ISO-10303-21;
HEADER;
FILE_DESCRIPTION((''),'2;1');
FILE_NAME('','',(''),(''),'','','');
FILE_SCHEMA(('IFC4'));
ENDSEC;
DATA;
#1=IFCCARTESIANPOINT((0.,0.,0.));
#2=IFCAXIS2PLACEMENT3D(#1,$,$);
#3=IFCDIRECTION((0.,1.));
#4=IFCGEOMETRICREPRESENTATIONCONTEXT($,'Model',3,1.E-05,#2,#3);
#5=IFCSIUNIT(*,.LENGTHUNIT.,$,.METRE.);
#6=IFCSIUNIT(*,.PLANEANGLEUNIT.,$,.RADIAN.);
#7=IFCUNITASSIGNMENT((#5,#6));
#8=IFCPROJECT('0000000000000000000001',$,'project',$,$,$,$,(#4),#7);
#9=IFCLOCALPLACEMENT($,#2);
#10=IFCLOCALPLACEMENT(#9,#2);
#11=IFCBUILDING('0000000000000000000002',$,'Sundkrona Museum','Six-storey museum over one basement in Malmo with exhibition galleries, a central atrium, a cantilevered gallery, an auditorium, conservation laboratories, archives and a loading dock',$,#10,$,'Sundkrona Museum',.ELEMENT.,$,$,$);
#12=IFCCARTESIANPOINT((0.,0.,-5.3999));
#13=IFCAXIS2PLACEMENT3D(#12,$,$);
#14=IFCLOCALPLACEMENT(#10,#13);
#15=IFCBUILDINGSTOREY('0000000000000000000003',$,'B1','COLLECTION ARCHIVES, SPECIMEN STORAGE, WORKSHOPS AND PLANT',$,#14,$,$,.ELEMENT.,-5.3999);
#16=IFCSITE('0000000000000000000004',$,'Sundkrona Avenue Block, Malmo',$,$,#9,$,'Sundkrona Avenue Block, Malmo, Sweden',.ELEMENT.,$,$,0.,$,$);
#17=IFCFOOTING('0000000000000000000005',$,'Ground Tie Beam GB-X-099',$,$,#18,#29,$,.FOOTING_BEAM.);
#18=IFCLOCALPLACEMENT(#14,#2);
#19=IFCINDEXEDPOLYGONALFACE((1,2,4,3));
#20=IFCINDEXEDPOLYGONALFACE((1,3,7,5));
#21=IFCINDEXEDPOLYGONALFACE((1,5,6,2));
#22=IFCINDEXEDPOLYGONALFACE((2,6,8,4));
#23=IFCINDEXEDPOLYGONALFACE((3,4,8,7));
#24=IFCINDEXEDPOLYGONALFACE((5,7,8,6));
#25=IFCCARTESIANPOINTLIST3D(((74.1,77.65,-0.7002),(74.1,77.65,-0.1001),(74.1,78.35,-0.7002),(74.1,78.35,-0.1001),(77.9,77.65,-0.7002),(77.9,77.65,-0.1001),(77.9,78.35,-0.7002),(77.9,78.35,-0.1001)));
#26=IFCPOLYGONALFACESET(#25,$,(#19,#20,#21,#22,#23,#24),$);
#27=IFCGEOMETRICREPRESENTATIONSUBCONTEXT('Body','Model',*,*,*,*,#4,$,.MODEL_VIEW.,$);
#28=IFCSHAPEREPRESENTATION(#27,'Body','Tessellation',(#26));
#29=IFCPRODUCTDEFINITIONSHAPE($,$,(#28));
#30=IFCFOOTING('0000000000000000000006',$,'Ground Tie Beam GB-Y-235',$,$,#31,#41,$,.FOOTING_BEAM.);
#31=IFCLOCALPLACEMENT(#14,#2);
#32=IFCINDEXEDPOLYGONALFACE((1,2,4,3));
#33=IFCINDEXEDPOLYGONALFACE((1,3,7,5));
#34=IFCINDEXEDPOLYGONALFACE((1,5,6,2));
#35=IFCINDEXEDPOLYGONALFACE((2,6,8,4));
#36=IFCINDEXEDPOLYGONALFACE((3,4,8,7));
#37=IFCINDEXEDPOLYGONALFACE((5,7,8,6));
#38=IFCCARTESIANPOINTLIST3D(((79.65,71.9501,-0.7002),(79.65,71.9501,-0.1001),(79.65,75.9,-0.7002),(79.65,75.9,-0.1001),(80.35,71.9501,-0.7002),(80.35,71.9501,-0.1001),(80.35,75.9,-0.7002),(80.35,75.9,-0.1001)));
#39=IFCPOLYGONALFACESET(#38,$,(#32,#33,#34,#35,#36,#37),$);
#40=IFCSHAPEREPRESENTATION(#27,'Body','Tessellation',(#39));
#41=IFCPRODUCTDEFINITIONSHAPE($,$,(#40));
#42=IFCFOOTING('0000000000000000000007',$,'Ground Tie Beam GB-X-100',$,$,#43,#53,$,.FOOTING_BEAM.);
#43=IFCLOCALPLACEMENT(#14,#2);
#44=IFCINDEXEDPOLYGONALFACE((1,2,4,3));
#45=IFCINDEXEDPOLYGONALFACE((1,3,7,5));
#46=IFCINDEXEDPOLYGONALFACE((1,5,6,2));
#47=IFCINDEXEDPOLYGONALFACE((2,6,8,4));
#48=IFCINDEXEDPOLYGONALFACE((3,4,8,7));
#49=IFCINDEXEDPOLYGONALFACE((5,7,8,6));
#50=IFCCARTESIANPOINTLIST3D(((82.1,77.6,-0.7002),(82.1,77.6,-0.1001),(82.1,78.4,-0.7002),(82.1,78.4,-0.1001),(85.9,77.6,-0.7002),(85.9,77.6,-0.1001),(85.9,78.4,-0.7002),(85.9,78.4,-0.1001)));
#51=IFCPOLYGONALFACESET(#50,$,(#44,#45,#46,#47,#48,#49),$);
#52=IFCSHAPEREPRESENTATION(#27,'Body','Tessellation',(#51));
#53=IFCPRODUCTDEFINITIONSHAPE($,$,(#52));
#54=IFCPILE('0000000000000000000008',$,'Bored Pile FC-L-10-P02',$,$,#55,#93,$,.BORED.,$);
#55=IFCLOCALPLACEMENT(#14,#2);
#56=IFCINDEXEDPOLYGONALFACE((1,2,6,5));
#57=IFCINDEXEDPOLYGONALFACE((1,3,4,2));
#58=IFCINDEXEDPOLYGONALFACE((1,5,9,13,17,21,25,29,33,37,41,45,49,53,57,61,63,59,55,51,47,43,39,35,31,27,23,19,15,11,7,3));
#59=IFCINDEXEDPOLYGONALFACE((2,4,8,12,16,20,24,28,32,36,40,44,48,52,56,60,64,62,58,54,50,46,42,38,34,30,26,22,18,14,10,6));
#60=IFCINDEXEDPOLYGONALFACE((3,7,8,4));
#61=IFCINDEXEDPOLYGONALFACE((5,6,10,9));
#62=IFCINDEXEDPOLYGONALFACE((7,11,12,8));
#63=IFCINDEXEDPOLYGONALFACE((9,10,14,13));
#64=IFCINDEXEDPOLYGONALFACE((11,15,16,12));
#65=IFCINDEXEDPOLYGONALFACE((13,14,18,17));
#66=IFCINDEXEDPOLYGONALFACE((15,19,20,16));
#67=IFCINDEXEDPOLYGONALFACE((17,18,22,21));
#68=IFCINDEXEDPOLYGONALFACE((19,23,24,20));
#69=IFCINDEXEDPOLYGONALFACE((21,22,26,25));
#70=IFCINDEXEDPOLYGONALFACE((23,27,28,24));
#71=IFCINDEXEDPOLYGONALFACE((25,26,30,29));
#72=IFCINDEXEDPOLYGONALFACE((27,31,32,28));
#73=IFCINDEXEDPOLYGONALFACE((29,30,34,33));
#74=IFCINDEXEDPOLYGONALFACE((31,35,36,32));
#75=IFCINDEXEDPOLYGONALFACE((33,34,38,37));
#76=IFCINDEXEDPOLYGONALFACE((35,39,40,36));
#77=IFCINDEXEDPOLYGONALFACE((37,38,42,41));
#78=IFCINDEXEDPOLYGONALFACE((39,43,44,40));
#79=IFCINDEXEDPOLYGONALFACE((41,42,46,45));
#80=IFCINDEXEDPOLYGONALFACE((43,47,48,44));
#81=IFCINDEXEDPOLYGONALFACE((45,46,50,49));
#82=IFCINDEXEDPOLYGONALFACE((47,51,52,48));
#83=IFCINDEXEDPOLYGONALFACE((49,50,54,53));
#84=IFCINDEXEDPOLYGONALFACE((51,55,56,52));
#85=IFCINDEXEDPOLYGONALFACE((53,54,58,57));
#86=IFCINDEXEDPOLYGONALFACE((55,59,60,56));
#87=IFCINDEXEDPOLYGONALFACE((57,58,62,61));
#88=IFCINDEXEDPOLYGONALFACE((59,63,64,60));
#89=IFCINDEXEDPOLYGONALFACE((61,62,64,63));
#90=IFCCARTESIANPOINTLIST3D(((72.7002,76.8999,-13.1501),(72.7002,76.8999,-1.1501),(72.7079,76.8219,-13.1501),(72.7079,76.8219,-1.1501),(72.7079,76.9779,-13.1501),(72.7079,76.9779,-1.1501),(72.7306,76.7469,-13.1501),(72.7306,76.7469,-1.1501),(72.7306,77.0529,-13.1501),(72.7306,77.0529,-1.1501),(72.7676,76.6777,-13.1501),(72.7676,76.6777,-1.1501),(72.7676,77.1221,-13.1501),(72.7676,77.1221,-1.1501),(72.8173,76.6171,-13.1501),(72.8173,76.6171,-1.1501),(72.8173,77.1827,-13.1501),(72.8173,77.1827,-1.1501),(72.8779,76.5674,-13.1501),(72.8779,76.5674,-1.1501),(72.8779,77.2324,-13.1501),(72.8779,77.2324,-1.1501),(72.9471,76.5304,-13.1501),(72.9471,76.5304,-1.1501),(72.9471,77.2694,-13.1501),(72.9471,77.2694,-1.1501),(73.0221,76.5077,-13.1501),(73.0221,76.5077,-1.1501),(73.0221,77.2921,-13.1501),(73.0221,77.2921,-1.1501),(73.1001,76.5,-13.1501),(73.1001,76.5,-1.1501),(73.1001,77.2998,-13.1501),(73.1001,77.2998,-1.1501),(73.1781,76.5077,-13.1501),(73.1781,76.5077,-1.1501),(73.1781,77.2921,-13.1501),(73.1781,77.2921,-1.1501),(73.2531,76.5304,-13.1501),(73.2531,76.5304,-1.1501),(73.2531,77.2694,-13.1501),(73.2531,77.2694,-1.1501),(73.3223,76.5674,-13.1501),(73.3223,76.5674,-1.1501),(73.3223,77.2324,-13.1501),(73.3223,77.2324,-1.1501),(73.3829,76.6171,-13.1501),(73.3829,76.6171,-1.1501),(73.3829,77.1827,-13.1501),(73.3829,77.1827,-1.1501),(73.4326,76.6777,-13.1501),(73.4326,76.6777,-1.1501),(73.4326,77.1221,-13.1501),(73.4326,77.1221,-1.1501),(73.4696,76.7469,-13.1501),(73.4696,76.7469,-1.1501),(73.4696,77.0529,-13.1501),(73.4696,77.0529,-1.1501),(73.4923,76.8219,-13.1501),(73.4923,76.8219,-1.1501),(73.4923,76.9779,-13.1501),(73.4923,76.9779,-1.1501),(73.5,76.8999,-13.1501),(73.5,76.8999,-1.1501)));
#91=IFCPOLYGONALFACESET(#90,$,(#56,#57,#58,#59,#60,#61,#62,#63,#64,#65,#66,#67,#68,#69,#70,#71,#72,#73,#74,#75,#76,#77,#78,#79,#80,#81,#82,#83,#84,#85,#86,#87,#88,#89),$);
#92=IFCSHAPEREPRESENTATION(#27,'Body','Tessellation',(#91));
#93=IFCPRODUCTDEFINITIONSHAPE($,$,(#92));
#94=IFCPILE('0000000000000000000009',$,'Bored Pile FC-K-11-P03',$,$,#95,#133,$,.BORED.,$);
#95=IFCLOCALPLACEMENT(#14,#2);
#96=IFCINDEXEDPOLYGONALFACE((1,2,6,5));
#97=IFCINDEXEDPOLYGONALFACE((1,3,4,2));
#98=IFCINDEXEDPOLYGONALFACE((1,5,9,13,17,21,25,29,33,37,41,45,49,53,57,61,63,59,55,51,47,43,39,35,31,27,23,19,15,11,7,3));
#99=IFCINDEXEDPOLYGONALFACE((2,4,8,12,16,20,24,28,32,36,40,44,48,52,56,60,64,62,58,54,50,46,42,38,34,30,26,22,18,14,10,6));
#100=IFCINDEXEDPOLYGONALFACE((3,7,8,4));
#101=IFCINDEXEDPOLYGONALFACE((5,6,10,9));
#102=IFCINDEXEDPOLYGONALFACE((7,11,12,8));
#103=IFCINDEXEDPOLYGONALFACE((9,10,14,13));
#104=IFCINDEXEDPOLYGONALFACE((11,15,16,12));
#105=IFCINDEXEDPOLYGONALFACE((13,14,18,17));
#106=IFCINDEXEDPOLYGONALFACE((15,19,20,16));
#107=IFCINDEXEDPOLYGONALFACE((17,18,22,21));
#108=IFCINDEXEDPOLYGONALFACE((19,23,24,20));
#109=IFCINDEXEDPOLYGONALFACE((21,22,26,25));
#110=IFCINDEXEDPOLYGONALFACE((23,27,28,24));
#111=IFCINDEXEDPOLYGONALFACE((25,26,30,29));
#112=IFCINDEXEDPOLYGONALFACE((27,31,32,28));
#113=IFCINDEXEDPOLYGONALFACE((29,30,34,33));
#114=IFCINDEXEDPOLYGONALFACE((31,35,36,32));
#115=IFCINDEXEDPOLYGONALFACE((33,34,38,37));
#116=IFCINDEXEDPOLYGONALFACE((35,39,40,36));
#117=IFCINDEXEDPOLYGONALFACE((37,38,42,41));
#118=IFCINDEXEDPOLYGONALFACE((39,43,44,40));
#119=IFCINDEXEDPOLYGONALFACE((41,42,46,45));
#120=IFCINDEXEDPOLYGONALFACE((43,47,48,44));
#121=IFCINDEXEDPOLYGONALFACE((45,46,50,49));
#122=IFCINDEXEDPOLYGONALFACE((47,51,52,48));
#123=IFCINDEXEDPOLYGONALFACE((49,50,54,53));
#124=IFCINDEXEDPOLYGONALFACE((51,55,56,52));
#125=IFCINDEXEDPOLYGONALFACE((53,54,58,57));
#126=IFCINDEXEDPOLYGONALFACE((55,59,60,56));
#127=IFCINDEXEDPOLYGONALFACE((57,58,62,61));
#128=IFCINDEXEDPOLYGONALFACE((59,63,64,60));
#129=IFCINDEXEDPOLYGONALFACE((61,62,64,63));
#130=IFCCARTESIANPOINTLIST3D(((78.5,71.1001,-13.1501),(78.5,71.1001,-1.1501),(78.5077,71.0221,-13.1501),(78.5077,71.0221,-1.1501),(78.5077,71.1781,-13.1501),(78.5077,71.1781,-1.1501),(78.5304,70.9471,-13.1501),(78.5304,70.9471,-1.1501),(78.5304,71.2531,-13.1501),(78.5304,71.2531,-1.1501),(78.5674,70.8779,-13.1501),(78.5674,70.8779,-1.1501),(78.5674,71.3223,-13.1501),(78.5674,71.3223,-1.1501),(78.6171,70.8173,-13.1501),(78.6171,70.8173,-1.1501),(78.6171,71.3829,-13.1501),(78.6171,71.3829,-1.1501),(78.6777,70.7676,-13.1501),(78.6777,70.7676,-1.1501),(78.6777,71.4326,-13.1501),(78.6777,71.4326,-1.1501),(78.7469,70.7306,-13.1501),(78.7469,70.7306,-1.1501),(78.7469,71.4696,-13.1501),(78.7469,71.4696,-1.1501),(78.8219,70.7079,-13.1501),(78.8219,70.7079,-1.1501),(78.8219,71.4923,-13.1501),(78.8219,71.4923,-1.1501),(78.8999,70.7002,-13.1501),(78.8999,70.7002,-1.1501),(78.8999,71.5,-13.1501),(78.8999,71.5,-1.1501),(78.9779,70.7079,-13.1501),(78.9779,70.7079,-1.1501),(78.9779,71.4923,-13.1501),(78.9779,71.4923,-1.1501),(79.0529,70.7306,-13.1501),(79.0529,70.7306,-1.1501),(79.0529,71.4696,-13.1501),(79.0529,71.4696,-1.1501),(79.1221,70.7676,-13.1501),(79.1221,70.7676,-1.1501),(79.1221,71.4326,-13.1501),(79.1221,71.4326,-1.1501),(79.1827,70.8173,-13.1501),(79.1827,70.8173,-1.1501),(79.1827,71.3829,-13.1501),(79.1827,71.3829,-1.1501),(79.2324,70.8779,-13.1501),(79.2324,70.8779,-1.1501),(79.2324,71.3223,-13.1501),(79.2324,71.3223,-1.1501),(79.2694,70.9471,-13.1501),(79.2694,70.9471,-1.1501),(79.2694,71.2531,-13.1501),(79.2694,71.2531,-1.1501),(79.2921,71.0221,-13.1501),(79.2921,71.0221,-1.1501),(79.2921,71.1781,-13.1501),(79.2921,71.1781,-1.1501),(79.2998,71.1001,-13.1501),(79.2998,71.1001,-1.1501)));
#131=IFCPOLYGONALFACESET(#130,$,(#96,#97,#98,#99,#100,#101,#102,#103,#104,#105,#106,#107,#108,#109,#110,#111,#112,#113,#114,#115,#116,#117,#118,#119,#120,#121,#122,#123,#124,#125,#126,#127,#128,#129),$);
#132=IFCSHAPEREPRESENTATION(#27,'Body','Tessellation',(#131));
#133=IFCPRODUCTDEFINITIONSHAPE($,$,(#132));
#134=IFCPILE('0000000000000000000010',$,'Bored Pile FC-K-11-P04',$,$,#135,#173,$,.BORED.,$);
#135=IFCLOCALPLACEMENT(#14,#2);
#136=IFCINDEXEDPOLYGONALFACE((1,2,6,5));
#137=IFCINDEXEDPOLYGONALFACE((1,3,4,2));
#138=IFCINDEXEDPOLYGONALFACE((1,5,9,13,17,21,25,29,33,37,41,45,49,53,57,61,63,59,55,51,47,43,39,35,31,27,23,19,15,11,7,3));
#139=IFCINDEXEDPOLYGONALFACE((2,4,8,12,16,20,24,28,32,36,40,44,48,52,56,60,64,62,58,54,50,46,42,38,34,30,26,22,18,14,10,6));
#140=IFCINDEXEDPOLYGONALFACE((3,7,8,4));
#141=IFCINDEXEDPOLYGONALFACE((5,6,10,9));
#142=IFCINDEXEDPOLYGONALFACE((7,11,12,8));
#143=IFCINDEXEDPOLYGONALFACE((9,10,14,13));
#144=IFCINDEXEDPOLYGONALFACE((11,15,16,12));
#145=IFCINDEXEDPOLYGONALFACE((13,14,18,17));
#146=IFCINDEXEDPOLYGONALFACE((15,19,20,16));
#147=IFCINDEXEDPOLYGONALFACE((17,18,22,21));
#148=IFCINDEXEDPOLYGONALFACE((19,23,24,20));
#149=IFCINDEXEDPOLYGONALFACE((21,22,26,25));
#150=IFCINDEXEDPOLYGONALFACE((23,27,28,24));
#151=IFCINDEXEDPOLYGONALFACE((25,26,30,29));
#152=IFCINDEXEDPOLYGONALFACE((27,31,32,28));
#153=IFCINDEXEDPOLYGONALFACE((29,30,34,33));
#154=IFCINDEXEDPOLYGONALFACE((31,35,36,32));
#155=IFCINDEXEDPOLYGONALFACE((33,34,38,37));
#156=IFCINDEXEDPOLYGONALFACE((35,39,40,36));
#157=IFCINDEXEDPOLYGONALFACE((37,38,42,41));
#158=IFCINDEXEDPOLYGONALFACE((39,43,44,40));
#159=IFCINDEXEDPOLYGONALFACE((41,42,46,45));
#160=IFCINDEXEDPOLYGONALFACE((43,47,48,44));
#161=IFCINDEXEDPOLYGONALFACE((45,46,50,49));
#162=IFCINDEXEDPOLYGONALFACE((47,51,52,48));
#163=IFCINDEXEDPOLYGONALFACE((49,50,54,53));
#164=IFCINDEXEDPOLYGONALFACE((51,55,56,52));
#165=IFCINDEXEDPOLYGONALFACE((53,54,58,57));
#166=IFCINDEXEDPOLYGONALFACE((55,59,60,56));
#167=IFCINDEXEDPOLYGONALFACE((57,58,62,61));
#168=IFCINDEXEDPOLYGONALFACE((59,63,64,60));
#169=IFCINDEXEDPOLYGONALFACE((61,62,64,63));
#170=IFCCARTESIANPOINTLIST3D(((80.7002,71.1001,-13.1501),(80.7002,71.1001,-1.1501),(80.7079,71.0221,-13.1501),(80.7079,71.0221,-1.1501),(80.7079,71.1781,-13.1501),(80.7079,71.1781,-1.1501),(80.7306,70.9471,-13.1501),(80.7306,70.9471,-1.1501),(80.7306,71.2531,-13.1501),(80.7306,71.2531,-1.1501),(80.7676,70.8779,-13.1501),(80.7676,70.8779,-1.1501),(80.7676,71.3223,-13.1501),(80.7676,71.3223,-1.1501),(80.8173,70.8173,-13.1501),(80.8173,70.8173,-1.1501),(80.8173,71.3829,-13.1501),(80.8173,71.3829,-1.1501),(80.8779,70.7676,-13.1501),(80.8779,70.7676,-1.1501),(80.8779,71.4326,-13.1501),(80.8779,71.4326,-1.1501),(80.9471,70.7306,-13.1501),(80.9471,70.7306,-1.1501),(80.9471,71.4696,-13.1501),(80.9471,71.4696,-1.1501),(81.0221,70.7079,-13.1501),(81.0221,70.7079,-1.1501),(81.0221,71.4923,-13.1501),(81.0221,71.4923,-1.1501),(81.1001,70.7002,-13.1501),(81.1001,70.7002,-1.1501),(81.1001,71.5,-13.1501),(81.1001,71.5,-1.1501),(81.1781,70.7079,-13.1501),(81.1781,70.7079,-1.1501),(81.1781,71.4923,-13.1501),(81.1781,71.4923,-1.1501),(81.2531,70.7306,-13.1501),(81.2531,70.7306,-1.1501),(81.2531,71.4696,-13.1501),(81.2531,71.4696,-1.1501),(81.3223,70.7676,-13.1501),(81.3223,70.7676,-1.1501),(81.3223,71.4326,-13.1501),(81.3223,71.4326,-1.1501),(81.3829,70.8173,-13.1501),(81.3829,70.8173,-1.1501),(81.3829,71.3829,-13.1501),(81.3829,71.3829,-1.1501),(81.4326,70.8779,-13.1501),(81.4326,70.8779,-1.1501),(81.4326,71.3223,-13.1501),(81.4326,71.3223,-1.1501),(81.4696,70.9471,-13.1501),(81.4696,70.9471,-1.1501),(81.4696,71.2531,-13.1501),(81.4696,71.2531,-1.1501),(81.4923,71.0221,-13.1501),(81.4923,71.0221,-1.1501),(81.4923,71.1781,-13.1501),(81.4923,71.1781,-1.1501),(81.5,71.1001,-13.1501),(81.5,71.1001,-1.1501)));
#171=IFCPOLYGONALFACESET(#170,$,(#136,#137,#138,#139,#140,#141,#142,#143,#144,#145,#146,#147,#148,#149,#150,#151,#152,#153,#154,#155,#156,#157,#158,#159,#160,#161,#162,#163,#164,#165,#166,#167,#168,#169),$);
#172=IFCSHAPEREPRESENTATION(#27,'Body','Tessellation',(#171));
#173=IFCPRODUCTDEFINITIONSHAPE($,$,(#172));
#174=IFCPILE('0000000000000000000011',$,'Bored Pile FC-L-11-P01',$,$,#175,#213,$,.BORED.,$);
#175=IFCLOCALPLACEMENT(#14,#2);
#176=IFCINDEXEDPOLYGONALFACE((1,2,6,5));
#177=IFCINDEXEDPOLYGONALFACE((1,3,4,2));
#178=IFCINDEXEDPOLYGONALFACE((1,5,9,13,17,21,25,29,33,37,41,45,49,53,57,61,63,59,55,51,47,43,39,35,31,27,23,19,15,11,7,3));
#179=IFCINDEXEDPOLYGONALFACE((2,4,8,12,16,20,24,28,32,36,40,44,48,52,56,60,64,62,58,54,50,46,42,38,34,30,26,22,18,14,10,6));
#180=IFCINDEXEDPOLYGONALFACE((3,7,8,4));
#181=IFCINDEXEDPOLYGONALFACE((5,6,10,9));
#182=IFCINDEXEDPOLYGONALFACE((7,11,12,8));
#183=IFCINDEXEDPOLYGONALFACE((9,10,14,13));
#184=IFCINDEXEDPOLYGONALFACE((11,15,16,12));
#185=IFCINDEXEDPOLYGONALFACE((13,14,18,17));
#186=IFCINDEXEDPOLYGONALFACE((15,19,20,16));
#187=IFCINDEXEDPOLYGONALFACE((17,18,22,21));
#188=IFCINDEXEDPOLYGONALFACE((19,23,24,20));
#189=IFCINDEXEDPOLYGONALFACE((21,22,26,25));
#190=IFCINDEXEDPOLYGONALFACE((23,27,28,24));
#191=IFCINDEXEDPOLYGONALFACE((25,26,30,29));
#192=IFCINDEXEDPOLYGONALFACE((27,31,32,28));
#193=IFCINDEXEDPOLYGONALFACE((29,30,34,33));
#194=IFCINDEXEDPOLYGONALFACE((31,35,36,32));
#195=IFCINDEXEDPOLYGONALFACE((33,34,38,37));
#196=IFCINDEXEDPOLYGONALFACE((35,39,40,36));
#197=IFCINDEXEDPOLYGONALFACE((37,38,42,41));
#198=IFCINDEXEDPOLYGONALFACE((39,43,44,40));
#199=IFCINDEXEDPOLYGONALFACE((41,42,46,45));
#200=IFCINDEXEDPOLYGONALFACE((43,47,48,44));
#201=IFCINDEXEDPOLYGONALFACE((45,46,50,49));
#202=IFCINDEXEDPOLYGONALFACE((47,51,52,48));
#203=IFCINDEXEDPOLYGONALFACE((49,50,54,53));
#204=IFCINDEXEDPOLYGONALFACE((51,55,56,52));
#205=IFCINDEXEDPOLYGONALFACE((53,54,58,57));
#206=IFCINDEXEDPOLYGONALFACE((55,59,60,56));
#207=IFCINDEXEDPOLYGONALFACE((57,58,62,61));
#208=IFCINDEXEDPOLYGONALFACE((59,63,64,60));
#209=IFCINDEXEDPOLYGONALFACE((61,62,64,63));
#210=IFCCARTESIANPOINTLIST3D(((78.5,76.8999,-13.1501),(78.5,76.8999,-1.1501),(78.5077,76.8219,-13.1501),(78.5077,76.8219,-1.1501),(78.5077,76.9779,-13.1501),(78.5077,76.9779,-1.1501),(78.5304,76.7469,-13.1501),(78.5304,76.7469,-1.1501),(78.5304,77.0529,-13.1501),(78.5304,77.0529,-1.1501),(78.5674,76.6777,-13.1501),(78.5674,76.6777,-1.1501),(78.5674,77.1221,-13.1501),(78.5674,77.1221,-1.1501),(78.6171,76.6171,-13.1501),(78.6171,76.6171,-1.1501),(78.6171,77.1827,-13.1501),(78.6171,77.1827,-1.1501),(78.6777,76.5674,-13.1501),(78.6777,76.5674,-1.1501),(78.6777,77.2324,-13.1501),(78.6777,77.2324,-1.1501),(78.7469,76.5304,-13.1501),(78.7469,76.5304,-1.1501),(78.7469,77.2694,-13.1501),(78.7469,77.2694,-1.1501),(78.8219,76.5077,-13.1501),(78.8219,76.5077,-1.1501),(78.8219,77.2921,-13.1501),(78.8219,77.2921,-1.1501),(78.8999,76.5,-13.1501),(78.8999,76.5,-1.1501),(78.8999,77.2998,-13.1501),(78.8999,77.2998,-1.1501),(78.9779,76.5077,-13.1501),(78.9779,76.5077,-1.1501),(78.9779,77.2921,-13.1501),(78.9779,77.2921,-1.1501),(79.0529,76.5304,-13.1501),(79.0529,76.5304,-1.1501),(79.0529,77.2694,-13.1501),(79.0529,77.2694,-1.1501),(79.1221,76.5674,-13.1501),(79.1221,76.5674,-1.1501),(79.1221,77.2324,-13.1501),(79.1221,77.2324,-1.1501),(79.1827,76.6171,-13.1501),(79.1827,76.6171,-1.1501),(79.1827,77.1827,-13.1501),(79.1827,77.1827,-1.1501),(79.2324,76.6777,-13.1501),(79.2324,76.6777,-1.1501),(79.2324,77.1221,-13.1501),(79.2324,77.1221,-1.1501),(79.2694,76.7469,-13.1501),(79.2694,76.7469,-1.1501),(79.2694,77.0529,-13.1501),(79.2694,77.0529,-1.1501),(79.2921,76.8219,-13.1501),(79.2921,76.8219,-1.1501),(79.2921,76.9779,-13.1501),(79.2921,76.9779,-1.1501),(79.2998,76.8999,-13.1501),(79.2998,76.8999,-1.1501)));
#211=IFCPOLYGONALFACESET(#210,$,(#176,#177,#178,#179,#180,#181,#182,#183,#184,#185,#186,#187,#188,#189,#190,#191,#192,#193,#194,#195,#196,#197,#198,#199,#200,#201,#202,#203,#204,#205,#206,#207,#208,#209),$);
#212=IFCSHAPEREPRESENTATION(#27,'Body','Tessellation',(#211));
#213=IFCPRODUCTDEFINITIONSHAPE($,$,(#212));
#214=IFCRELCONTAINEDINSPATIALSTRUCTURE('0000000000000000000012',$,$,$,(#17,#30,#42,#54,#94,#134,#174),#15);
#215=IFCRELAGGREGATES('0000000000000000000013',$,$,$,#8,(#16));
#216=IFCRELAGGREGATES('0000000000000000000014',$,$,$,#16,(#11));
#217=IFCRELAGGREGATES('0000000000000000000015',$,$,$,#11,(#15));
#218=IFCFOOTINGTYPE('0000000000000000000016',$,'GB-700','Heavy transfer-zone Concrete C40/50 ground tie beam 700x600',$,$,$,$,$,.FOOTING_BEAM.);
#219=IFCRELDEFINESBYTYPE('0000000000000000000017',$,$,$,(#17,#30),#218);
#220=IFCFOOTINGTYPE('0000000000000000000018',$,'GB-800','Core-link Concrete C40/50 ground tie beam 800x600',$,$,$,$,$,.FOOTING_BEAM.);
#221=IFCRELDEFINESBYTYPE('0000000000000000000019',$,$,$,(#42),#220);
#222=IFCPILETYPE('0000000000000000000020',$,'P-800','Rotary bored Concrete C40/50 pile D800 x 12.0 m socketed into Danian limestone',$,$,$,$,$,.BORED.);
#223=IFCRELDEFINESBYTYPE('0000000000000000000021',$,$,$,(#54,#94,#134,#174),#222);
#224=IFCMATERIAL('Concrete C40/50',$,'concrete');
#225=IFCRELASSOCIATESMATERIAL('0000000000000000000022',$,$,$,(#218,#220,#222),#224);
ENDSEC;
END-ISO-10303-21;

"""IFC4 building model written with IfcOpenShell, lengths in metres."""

from ifc_helpers import new_model, si_unit, direction, frame, origin, origin_2d, place, context, subcontext, project, spatial, rectangle, circle, extrude, material, material_profile, profile_set, type_object, element, save


model = new_model("IFC4")

# Units and contexts
model_context = context("Model", 3, precision=1e-05, world=origin(), true_north=direction((0.0, 1.0)))
body_context = subcontext(model_context, "Body", "Model", "MODEL_VIEW")
ifc_project = project(units=[si_unit("LENGTHUNIT", "METRE"), si_unit("PLANEANGLEUNIT", "RADIAN")], contexts=[model_context])

# Site, building, storey
site_placement = place(None, origin())
site = spatial("IfcSite", under=ifc_project, at=site_placement, Name="Sundkrona Avenue Block, Malmo", LongName="Sundkrona Avenue Block, Malmo, Sweden", CompositionType="ELEMENT", RefElevation=0.0)
building_placement = place(site_placement, origin())
building = spatial("IfcBuilding", under=site, at=building_placement, Name="Sundkrona Museum", Description="Six-storey museum over one basement in Malmo with exhibition galleries, a central atrium, a cantilevered gallery, an auditorium, conservation laboratories, archives and a loading dock", LongName="Sundkrona Museum", CompositionType="ELEMENT")
storey_placement = place(building_placement, frame((0.0, 0.0, -5.3999)))
storey = spatial("IfcBuildingStorey", under=building, at=storey_placement, Name="B1", Description="COLLECTION ARCHIVES, SPECIMEN STORAGE, WORKSHOPS AND PLANT", CompositionType="ELEMENT", Elevation=-5.3999)

# Footings
ifc_material_1 = material(Name="Concrete C40/50", Category="concrete")
footing_type_1 = type_object("IfcFootingType", Name="GB-700", Description="Heavy transfer-zone Concrete C40/50 ground tie beam 700x600", PredefinedType="FOOTING_BEAM", material=ifc_material_1)
footing_1_placement = place(storey_placement, frame((76.0, 78.0, -0.7002), z_axis=(0.0, 0.0, 1.0), x_axis=(1.0, 0.0, 0.0)))
element("IfcFooting", 1, at=footing_1_placement, inside=storey, type_object=footing_type_1, Name="Ground Tie Beam GB-X-099", PredefinedType="FOOTING_BEAM", context=body_context, shape_type="SweptSolid", body=[
    extrude(rectangle(XDim=3.8, YDim=0.7, at=origin_2d()), origin(), (0.0, 0.0, 1.0), 0.6001),
])
footing_2_placement = place(storey_placement, frame((80.0, 73.925, -0.7002), z_axis=(0.0, 0.0, 1.0), x_axis=(0.0, 1.0, 0.0)))
element("IfcFooting", 2, at=footing_2_placement, inside=storey, type_object=footing_type_1, Name="Ground Tie Beam GB-Y-235", PredefinedType="FOOTING_BEAM", context=body_context, shape_type="SweptSolid", body=[
    extrude(rectangle(XDim=3.95, YDim=0.7, at=origin_2d()), origin(), (0.0, 0.0, 1.0), 0.6001),
])
footing_type_2 = type_object("IfcFootingType", Name="GB-800", Description="Core-link Concrete C40/50 ground tie beam 800x600", PredefinedType="FOOTING_BEAM", material=ifc_material_1)
footing_3_placement = place(storey_placement, frame((84.0, 78.0, -0.7002), z_axis=(0.0, 0.0, 1.0), x_axis=(1.0, 0.0, 0.0)))
element("IfcFooting", 3, at=footing_3_placement, inside=storey, type_object=footing_type_2, Name="Ground Tie Beam GB-X-100", PredefinedType="FOOTING_BEAM", context=body_context, shape_type="SweptSolid", body=[
    extrude(rectangle(XDim=3.8, YDim=0.8, at=origin_2d()), origin(), (0.0, 0.0, 1.0), 0.6001),
])

# Piles
ifc_material_profile_1 = material_profile(ifc_material_1, circle(Radius=0.3999, at=origin_2d()), Name="PILE D800")
ifc_profile_set_1 = profile_set([ifc_material_profile_1], Name="Concrete C40/50")
pile_type = type_object("IfcPileType", Name="P-800", Description="Rotary bored Concrete C40/50 pile D800 x 12.0 m socketed into Danian limestone", PredefinedType="BORED", material=ifc_profile_set_1)
for number, where, z_axis, x_axis, name in (
    (4, (73.1001, 76.8999, -1.1501), (0.0, 0.0, -1.0), (1.0, 0.0, 0.0), "Bored Pile FC-L-10-P02"),
    (5, (78.8999, 71.1001, -1.1501), (0.0, 0.0, -1.0), (1.0, 0.0, 0.0), "Bored Pile FC-K-11-P03"),
    (6, (81.1001, 71.1001, -1.1501), (0.0, 0.0, -1.0), (1.0, 0.0, 0.0), "Bored Pile FC-K-11-P04"),
    (7, (78.8999, 76.8999, -1.1501), (0.0, 0.0, -1.0), (1.0, 0.0, 0.0), "Bored Pile FC-L-11-P01"),
):
    element("IfcPile", number, at=place(storey_placement, frame(where, z_axis=z_axis, x_axis=x_axis)), inside=storey, type_object=pile_type, Name=name, PredefinedType="BORED", context=body_context, shape_type="SweptSolid", body=[
        extrude(circle(Radius=0.3999, at=origin_2d()), origin(), (0.0, 0.0, 1.0), 12.0),
    ])

save(model, "model.ifc")
